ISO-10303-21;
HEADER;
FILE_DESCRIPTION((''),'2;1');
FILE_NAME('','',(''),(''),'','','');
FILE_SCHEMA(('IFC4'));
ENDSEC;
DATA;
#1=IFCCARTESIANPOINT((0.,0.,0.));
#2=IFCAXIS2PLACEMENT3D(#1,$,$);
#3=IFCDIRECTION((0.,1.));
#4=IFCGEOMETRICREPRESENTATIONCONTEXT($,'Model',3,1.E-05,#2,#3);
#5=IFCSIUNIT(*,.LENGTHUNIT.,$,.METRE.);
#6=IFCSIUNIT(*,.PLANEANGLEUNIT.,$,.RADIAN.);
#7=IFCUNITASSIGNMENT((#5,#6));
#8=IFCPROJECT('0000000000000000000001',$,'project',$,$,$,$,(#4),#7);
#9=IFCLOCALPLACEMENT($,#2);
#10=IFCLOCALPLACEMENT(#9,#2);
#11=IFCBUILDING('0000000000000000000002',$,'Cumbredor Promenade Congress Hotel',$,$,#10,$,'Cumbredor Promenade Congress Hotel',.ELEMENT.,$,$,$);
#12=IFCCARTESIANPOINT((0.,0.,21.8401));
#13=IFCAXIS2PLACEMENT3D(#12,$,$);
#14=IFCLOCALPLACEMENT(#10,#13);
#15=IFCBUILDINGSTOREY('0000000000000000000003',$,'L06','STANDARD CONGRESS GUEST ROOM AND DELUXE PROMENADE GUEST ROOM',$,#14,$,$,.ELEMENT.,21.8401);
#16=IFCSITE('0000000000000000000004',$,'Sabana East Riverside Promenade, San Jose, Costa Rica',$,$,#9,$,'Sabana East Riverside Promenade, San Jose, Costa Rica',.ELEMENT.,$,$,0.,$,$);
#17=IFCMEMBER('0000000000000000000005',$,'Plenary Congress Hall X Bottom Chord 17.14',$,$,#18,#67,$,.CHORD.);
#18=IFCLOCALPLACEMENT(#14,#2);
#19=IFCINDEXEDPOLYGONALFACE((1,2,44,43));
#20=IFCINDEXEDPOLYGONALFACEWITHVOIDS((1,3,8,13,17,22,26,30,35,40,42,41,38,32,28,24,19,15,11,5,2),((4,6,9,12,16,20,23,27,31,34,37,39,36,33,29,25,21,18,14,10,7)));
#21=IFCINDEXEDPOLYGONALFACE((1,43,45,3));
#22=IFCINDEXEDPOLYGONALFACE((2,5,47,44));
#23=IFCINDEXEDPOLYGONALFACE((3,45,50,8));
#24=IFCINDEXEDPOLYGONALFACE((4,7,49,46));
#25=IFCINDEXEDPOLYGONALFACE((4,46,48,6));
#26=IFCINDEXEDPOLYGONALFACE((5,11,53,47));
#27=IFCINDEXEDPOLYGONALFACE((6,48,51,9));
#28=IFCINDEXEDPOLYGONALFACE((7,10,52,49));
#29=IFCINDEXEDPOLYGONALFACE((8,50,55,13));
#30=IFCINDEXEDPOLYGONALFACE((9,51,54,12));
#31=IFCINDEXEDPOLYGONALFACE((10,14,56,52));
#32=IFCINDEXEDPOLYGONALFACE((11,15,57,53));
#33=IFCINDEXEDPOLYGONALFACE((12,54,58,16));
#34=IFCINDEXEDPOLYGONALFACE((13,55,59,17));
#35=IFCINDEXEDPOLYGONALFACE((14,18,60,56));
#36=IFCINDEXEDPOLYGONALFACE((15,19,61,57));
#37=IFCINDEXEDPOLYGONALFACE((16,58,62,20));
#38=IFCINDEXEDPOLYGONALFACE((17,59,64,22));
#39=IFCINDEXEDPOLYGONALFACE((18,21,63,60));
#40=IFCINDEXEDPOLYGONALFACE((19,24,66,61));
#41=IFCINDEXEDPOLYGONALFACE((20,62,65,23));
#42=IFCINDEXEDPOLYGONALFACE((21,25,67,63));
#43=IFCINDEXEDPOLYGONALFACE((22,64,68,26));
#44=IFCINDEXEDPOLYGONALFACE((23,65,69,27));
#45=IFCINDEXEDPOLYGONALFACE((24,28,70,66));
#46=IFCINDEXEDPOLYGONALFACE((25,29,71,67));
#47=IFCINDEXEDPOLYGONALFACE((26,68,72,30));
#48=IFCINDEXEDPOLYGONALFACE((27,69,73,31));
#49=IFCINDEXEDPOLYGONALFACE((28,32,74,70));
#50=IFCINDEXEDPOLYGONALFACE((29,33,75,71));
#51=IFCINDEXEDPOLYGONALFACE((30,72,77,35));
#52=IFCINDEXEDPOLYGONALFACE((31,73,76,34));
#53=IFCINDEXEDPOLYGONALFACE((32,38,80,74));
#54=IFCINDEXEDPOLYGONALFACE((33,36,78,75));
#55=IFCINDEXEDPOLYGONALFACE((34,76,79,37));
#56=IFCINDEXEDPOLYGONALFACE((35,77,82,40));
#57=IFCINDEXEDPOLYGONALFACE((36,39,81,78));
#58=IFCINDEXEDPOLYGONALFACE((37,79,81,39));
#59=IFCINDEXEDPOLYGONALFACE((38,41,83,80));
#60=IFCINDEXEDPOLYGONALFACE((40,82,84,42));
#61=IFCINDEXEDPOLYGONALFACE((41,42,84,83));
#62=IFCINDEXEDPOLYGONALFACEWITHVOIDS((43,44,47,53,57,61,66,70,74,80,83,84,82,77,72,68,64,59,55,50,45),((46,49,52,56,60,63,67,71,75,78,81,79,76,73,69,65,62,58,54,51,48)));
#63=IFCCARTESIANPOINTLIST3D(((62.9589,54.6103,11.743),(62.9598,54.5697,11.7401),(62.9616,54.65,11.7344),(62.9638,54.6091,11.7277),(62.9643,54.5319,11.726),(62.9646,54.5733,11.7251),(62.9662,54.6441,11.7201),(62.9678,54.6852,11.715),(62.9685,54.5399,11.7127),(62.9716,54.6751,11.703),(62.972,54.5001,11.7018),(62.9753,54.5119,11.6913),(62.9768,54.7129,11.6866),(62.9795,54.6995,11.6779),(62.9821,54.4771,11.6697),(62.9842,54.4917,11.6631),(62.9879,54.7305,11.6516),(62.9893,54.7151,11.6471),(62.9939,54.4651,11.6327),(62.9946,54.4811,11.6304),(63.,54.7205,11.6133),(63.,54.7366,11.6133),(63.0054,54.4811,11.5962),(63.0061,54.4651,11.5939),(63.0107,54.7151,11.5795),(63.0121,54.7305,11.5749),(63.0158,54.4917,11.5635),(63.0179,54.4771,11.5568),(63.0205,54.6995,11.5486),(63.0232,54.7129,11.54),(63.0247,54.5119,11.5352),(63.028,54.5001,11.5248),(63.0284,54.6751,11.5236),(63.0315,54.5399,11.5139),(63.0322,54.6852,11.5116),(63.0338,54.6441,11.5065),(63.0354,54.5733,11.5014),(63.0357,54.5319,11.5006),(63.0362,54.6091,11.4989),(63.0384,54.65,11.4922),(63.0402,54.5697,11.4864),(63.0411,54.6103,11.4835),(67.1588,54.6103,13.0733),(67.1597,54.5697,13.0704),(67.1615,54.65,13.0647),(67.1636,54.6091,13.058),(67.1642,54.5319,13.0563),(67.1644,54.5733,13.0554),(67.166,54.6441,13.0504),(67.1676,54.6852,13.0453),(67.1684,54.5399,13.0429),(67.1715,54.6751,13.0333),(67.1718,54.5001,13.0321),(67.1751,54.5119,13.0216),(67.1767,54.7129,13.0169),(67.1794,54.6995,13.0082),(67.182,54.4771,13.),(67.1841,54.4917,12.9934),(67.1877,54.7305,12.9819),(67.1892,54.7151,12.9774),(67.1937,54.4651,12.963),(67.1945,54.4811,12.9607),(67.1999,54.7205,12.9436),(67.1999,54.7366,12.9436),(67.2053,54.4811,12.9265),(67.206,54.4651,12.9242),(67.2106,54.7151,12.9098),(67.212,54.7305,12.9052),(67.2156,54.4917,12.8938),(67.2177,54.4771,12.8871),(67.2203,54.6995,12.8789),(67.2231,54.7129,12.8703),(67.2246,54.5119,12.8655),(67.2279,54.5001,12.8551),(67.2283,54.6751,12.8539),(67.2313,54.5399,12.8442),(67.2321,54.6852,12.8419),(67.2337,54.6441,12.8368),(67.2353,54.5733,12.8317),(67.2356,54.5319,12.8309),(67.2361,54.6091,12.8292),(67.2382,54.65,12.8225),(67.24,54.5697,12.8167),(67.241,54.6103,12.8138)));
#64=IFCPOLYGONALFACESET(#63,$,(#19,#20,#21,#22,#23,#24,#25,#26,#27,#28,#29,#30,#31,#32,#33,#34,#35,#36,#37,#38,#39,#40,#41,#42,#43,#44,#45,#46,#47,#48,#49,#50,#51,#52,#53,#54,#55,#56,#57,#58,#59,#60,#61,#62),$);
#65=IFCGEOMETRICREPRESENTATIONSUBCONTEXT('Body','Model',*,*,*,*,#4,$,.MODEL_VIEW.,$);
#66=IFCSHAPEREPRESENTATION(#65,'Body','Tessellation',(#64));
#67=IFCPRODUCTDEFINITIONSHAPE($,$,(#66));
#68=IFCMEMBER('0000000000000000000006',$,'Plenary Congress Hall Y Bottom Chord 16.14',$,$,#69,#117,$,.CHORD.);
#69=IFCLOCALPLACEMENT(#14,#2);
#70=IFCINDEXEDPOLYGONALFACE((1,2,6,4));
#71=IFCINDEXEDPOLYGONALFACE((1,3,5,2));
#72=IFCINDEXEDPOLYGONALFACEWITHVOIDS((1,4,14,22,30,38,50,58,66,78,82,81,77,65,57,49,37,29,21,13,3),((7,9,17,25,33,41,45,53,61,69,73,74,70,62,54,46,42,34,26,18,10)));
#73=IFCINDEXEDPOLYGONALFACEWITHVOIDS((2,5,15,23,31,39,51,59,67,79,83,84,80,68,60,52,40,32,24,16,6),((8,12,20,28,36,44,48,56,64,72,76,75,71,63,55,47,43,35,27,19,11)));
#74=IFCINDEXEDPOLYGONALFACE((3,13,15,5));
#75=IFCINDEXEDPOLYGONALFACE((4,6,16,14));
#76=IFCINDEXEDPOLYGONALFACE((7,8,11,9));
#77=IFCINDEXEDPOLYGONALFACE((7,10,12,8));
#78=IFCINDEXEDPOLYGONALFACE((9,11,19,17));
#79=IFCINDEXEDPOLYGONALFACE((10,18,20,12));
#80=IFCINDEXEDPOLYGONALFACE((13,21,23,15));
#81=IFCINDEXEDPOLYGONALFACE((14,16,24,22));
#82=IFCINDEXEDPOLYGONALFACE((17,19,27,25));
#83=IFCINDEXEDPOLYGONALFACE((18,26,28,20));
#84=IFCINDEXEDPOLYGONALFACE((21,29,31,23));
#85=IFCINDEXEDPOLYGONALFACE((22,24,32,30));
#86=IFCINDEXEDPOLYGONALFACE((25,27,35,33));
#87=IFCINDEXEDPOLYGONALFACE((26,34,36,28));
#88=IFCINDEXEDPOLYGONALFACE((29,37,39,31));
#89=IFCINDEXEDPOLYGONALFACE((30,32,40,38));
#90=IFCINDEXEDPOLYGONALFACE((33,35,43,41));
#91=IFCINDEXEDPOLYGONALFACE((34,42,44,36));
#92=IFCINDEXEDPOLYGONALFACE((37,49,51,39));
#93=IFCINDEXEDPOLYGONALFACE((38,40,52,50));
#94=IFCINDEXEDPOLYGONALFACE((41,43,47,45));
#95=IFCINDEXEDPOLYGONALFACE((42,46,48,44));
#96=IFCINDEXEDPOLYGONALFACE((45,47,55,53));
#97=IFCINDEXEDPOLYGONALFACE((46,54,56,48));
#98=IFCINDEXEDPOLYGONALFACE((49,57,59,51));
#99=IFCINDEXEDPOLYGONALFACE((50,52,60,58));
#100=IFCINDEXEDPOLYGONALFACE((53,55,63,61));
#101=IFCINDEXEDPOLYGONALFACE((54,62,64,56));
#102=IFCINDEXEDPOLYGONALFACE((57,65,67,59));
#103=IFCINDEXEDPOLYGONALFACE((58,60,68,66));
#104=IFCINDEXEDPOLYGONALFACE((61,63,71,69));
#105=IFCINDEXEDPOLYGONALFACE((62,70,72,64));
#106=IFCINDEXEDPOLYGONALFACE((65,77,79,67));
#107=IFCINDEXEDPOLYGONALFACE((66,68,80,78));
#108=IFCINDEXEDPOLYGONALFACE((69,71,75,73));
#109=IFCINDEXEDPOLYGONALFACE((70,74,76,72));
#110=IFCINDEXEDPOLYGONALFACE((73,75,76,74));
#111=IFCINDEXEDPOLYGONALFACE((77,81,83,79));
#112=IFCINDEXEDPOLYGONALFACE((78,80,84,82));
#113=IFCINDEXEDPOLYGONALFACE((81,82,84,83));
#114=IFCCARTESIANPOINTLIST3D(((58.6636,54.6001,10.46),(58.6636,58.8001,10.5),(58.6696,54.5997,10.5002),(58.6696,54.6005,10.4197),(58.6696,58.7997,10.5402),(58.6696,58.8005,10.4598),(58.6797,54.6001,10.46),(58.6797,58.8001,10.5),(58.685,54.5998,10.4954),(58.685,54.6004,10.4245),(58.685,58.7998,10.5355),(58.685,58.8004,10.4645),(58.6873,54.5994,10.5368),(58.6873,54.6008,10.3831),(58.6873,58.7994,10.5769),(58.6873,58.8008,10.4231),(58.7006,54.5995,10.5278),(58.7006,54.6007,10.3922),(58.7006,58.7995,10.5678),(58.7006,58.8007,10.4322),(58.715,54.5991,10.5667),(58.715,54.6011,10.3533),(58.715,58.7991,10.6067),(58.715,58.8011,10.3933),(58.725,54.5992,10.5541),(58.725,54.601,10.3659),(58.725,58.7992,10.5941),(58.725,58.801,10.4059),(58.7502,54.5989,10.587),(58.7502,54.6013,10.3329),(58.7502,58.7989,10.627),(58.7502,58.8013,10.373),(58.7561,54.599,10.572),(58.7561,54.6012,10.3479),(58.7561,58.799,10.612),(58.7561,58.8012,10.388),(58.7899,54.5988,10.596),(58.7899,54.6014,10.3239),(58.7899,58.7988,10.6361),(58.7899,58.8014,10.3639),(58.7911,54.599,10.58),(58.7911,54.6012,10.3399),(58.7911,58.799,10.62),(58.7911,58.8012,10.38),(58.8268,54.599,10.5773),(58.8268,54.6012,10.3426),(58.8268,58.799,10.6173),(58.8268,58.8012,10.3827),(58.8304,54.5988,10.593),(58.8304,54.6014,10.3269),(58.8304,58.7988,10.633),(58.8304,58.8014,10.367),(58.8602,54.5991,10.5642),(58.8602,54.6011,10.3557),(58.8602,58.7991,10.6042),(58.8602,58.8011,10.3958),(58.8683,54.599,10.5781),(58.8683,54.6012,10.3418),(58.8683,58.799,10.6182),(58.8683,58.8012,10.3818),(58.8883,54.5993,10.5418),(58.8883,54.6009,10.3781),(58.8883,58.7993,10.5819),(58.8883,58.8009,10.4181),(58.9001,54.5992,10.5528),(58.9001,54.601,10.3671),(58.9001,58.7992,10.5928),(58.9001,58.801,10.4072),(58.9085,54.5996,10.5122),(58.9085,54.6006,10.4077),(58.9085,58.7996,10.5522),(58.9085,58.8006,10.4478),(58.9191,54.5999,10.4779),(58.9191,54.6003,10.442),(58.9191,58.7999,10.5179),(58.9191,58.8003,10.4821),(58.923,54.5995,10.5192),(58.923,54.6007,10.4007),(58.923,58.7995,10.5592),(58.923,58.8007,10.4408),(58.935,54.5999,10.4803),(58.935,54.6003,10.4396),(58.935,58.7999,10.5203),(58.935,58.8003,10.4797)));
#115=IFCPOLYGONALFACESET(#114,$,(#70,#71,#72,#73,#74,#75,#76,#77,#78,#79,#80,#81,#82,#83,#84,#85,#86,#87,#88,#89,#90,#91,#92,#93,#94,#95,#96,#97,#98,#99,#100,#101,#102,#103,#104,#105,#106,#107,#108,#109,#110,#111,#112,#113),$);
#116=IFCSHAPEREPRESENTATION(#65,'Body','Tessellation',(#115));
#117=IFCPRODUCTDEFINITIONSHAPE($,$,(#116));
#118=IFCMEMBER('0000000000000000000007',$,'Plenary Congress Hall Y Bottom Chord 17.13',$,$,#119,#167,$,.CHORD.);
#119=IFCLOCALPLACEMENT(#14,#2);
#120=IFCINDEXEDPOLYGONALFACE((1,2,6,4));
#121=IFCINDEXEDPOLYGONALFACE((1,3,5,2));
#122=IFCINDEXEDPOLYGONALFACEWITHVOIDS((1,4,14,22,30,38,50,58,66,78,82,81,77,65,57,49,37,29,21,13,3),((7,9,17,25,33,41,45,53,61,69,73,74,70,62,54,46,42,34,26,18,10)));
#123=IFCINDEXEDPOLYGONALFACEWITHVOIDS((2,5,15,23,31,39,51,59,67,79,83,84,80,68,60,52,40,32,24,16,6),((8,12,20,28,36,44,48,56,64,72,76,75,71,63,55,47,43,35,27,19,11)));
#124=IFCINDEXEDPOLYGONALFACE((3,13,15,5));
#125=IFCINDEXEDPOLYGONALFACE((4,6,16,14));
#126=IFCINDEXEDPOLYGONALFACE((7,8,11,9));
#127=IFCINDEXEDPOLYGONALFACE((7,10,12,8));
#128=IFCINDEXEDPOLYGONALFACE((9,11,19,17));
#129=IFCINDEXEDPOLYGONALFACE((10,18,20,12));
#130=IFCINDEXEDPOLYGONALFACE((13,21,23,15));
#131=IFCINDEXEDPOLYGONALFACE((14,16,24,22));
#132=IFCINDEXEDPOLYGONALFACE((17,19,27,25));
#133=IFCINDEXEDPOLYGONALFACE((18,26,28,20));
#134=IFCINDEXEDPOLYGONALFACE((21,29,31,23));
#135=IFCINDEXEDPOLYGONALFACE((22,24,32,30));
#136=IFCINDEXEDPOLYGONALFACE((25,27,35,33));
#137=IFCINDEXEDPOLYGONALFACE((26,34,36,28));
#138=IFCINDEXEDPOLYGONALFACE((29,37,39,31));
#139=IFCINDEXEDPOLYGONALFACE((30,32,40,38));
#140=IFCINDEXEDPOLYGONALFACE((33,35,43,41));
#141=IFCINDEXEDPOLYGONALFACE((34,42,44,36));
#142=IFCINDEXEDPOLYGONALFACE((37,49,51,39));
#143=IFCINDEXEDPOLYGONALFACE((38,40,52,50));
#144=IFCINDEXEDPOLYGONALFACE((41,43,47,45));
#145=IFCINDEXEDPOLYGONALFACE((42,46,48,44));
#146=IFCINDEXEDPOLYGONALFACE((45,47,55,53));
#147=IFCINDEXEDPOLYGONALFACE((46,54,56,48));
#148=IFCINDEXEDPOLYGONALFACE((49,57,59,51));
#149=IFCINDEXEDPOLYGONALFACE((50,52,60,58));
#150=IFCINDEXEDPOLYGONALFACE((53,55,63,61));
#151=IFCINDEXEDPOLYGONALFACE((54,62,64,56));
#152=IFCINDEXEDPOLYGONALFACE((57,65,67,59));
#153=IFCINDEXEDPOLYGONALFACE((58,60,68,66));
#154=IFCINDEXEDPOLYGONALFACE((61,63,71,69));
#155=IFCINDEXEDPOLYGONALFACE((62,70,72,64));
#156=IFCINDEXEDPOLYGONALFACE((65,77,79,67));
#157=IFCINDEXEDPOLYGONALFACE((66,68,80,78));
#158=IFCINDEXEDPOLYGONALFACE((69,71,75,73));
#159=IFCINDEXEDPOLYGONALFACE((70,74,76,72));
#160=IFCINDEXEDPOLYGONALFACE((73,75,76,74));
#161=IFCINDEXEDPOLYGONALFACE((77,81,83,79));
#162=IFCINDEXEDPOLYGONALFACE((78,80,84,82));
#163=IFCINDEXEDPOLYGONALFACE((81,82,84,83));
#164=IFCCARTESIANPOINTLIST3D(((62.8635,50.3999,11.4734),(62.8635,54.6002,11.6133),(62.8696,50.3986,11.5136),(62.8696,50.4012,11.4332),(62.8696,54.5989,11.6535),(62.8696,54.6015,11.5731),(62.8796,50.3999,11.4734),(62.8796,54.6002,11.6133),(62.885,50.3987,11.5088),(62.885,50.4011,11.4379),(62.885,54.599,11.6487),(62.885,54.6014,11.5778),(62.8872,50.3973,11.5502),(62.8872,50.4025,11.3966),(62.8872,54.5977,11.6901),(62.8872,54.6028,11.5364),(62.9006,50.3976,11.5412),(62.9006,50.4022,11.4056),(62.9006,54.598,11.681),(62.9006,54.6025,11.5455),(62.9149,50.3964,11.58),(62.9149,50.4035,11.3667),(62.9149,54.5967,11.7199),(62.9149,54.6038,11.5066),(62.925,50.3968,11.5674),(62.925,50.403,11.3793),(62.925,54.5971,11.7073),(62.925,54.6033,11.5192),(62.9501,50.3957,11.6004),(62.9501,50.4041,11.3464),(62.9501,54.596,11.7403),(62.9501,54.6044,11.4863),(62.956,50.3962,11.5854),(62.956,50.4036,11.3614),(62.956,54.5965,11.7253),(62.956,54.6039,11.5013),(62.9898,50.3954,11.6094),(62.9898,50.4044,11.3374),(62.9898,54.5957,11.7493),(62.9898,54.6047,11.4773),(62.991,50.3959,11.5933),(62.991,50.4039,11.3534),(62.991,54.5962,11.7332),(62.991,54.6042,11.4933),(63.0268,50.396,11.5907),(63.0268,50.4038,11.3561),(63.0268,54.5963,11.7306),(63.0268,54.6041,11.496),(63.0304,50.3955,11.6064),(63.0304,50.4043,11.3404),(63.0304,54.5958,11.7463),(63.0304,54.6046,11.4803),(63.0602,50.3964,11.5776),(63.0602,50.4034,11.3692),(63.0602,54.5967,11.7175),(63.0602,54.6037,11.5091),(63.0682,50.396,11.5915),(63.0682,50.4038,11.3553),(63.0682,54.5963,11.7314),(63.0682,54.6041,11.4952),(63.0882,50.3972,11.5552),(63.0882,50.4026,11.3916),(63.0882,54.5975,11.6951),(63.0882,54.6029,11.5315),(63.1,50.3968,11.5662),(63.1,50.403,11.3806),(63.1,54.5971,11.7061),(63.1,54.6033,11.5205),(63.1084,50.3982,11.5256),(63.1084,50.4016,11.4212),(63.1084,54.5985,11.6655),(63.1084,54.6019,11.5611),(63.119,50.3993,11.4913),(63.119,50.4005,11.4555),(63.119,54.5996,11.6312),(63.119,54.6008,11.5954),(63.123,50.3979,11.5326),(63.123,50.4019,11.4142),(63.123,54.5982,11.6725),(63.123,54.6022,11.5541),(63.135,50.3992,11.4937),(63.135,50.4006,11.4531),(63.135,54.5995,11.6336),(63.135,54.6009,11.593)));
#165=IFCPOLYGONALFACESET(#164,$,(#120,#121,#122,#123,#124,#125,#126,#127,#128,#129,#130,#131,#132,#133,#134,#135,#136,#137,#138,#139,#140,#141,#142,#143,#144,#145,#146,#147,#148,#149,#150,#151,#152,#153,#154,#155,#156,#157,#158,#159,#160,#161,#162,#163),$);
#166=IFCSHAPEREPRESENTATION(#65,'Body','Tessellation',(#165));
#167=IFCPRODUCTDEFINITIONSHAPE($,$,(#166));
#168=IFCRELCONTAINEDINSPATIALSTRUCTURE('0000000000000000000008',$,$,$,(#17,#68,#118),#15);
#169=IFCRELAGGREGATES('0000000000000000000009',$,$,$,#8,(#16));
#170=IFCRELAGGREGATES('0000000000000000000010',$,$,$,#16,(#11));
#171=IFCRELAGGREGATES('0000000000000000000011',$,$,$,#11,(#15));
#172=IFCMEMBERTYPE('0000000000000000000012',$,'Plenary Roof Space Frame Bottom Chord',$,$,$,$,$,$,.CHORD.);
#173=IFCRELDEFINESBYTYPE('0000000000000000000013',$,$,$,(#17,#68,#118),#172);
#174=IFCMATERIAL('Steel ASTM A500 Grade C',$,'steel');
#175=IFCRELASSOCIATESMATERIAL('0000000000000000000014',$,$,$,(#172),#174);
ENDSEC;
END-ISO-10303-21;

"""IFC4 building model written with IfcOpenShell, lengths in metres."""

from ifc_helpers import new_model, si_unit, direction, frame, origin, origin_2d, place, context, subcontext, project, spatial, hollow_circle, extrude, material, material_profile, profile_set, type_object, element, save


model = new_model("IFC4")

# Units and contexts
model_context = context("Model", 3, precision=1e-05, world=origin(), true_north=direction((0.0, 1.0)))
body_context = subcontext(model_context, "Body", "Model", "MODEL_VIEW")
ifc_project = project(units=[si_unit("LENGTHUNIT", "METRE"), si_unit("PLANEANGLEUNIT", "RADIAN")], contexts=[model_context])

# Site, building, storey
site_placement = place(None, origin())
site = spatial("IfcSite", under=ifc_project, at=site_placement, Name="Sabana East Riverside Promenade, San Jose, Costa Rica", LongName="Sabana East Riverside Promenade, San Jose, Costa Rica", CompositionType="ELEMENT", RefElevation=0.0)
building_placement = place(site_placement, origin())
building = spatial("IfcBuilding", under=site, at=building_placement, Name="Cumbredor Promenade Congress Hotel", LongName="Cumbredor Promenade Congress Hotel", CompositionType="ELEMENT")
storey_placement = place(building_placement, frame((0.0, 0.0, 21.8401)))
storey = spatial("IfcBuildingStorey", under=building, at=storey_placement, Name="L06", Description="STANDARD CONGRESS GUEST ROOM AND DELUXE PROMENADE GUEST ROOM", CompositionType="ELEMENT", Elevation=21.8401)

# Members
ifc_material_1 = material(Name="Steel ASTM A500 Grade C", Category="steel")
ifc_material_profile_1 = material_profile(ifc_material_1, hollow_circle(Radius=0.1365, WallThickness=0.0161, at=origin_2d()), Name="CHS 273.0x16")
ifc_profile_set_1 = profile_set([ifc_material_profile_1], Name="Steel ASTM A500 Grade C")
member_type_1 = type_object("IfcMemberType", Name="Plenary Roof Space Frame Bottom Chord", PredefinedType="CHORD", material=ifc_profile_set_1)
member_1_placement = place(storey_placement, frame((63.0, 54.6001, 11.6133), z_axis=(0.95332, 0.0, 0.301961), x_axis=(0.0, 1.0, 0.0)))
element("IfcMember", 1, at=member_1_placement, inside=storey, type_object=member_type_1, Name="Plenary Congress Hall X Bottom Chord 17.14", PredefinedType="CHORD", context=body_context, shape_type="SweptSolid", body=[
    extrude(hollow_circle(Radius=0.1365, WallThickness=0.0161, at=origin_2d()), origin(), (0.0, 0.0, 1.0), 4.4055),
])
member_2_placement = place(storey_placement, frame((58.8, 54.6001, 10.46), z_axis=(0.0, 0.999955, 0.009533), x_axis=(-1.0, 0.0, 0.0)))
element("IfcMember", 2, at=member_2_placement, inside=storey, type_object=member_type_1, Name="Plenary Congress Hall Y Bottom Chord 16.14", PredefinedType="CHORD", context=body_context, shape_type="SweptSolid", body=[
    extrude(hollow_circle(Radius=0.1365, WallThickness=0.0161, at=origin_2d()), origin(), (0.0, 0.0, 1.0), 4.2002),
])
member_3_placement = place(storey_placement, frame((63.0, 50.3999, 11.4734), z_axis=(0.0, 0.999446, 0.033288), x_axis=(-1.0, 0.0, 0.0)))
element("IfcMember", 3, at=member_3_placement, inside=storey, type_object=member_type_1, Name="Plenary Congress Hall Y Bottom Chord 17.13", PredefinedType="CHORD", context=body_context, shape_type="SweptSolid", body=[
    extrude(hollow_circle(Radius=0.1365, WallThickness=0.0161, at=origin_2d()), origin(), (0.0, 0.0, 1.0), 4.2026),
])

save(model, "model.ifc")
